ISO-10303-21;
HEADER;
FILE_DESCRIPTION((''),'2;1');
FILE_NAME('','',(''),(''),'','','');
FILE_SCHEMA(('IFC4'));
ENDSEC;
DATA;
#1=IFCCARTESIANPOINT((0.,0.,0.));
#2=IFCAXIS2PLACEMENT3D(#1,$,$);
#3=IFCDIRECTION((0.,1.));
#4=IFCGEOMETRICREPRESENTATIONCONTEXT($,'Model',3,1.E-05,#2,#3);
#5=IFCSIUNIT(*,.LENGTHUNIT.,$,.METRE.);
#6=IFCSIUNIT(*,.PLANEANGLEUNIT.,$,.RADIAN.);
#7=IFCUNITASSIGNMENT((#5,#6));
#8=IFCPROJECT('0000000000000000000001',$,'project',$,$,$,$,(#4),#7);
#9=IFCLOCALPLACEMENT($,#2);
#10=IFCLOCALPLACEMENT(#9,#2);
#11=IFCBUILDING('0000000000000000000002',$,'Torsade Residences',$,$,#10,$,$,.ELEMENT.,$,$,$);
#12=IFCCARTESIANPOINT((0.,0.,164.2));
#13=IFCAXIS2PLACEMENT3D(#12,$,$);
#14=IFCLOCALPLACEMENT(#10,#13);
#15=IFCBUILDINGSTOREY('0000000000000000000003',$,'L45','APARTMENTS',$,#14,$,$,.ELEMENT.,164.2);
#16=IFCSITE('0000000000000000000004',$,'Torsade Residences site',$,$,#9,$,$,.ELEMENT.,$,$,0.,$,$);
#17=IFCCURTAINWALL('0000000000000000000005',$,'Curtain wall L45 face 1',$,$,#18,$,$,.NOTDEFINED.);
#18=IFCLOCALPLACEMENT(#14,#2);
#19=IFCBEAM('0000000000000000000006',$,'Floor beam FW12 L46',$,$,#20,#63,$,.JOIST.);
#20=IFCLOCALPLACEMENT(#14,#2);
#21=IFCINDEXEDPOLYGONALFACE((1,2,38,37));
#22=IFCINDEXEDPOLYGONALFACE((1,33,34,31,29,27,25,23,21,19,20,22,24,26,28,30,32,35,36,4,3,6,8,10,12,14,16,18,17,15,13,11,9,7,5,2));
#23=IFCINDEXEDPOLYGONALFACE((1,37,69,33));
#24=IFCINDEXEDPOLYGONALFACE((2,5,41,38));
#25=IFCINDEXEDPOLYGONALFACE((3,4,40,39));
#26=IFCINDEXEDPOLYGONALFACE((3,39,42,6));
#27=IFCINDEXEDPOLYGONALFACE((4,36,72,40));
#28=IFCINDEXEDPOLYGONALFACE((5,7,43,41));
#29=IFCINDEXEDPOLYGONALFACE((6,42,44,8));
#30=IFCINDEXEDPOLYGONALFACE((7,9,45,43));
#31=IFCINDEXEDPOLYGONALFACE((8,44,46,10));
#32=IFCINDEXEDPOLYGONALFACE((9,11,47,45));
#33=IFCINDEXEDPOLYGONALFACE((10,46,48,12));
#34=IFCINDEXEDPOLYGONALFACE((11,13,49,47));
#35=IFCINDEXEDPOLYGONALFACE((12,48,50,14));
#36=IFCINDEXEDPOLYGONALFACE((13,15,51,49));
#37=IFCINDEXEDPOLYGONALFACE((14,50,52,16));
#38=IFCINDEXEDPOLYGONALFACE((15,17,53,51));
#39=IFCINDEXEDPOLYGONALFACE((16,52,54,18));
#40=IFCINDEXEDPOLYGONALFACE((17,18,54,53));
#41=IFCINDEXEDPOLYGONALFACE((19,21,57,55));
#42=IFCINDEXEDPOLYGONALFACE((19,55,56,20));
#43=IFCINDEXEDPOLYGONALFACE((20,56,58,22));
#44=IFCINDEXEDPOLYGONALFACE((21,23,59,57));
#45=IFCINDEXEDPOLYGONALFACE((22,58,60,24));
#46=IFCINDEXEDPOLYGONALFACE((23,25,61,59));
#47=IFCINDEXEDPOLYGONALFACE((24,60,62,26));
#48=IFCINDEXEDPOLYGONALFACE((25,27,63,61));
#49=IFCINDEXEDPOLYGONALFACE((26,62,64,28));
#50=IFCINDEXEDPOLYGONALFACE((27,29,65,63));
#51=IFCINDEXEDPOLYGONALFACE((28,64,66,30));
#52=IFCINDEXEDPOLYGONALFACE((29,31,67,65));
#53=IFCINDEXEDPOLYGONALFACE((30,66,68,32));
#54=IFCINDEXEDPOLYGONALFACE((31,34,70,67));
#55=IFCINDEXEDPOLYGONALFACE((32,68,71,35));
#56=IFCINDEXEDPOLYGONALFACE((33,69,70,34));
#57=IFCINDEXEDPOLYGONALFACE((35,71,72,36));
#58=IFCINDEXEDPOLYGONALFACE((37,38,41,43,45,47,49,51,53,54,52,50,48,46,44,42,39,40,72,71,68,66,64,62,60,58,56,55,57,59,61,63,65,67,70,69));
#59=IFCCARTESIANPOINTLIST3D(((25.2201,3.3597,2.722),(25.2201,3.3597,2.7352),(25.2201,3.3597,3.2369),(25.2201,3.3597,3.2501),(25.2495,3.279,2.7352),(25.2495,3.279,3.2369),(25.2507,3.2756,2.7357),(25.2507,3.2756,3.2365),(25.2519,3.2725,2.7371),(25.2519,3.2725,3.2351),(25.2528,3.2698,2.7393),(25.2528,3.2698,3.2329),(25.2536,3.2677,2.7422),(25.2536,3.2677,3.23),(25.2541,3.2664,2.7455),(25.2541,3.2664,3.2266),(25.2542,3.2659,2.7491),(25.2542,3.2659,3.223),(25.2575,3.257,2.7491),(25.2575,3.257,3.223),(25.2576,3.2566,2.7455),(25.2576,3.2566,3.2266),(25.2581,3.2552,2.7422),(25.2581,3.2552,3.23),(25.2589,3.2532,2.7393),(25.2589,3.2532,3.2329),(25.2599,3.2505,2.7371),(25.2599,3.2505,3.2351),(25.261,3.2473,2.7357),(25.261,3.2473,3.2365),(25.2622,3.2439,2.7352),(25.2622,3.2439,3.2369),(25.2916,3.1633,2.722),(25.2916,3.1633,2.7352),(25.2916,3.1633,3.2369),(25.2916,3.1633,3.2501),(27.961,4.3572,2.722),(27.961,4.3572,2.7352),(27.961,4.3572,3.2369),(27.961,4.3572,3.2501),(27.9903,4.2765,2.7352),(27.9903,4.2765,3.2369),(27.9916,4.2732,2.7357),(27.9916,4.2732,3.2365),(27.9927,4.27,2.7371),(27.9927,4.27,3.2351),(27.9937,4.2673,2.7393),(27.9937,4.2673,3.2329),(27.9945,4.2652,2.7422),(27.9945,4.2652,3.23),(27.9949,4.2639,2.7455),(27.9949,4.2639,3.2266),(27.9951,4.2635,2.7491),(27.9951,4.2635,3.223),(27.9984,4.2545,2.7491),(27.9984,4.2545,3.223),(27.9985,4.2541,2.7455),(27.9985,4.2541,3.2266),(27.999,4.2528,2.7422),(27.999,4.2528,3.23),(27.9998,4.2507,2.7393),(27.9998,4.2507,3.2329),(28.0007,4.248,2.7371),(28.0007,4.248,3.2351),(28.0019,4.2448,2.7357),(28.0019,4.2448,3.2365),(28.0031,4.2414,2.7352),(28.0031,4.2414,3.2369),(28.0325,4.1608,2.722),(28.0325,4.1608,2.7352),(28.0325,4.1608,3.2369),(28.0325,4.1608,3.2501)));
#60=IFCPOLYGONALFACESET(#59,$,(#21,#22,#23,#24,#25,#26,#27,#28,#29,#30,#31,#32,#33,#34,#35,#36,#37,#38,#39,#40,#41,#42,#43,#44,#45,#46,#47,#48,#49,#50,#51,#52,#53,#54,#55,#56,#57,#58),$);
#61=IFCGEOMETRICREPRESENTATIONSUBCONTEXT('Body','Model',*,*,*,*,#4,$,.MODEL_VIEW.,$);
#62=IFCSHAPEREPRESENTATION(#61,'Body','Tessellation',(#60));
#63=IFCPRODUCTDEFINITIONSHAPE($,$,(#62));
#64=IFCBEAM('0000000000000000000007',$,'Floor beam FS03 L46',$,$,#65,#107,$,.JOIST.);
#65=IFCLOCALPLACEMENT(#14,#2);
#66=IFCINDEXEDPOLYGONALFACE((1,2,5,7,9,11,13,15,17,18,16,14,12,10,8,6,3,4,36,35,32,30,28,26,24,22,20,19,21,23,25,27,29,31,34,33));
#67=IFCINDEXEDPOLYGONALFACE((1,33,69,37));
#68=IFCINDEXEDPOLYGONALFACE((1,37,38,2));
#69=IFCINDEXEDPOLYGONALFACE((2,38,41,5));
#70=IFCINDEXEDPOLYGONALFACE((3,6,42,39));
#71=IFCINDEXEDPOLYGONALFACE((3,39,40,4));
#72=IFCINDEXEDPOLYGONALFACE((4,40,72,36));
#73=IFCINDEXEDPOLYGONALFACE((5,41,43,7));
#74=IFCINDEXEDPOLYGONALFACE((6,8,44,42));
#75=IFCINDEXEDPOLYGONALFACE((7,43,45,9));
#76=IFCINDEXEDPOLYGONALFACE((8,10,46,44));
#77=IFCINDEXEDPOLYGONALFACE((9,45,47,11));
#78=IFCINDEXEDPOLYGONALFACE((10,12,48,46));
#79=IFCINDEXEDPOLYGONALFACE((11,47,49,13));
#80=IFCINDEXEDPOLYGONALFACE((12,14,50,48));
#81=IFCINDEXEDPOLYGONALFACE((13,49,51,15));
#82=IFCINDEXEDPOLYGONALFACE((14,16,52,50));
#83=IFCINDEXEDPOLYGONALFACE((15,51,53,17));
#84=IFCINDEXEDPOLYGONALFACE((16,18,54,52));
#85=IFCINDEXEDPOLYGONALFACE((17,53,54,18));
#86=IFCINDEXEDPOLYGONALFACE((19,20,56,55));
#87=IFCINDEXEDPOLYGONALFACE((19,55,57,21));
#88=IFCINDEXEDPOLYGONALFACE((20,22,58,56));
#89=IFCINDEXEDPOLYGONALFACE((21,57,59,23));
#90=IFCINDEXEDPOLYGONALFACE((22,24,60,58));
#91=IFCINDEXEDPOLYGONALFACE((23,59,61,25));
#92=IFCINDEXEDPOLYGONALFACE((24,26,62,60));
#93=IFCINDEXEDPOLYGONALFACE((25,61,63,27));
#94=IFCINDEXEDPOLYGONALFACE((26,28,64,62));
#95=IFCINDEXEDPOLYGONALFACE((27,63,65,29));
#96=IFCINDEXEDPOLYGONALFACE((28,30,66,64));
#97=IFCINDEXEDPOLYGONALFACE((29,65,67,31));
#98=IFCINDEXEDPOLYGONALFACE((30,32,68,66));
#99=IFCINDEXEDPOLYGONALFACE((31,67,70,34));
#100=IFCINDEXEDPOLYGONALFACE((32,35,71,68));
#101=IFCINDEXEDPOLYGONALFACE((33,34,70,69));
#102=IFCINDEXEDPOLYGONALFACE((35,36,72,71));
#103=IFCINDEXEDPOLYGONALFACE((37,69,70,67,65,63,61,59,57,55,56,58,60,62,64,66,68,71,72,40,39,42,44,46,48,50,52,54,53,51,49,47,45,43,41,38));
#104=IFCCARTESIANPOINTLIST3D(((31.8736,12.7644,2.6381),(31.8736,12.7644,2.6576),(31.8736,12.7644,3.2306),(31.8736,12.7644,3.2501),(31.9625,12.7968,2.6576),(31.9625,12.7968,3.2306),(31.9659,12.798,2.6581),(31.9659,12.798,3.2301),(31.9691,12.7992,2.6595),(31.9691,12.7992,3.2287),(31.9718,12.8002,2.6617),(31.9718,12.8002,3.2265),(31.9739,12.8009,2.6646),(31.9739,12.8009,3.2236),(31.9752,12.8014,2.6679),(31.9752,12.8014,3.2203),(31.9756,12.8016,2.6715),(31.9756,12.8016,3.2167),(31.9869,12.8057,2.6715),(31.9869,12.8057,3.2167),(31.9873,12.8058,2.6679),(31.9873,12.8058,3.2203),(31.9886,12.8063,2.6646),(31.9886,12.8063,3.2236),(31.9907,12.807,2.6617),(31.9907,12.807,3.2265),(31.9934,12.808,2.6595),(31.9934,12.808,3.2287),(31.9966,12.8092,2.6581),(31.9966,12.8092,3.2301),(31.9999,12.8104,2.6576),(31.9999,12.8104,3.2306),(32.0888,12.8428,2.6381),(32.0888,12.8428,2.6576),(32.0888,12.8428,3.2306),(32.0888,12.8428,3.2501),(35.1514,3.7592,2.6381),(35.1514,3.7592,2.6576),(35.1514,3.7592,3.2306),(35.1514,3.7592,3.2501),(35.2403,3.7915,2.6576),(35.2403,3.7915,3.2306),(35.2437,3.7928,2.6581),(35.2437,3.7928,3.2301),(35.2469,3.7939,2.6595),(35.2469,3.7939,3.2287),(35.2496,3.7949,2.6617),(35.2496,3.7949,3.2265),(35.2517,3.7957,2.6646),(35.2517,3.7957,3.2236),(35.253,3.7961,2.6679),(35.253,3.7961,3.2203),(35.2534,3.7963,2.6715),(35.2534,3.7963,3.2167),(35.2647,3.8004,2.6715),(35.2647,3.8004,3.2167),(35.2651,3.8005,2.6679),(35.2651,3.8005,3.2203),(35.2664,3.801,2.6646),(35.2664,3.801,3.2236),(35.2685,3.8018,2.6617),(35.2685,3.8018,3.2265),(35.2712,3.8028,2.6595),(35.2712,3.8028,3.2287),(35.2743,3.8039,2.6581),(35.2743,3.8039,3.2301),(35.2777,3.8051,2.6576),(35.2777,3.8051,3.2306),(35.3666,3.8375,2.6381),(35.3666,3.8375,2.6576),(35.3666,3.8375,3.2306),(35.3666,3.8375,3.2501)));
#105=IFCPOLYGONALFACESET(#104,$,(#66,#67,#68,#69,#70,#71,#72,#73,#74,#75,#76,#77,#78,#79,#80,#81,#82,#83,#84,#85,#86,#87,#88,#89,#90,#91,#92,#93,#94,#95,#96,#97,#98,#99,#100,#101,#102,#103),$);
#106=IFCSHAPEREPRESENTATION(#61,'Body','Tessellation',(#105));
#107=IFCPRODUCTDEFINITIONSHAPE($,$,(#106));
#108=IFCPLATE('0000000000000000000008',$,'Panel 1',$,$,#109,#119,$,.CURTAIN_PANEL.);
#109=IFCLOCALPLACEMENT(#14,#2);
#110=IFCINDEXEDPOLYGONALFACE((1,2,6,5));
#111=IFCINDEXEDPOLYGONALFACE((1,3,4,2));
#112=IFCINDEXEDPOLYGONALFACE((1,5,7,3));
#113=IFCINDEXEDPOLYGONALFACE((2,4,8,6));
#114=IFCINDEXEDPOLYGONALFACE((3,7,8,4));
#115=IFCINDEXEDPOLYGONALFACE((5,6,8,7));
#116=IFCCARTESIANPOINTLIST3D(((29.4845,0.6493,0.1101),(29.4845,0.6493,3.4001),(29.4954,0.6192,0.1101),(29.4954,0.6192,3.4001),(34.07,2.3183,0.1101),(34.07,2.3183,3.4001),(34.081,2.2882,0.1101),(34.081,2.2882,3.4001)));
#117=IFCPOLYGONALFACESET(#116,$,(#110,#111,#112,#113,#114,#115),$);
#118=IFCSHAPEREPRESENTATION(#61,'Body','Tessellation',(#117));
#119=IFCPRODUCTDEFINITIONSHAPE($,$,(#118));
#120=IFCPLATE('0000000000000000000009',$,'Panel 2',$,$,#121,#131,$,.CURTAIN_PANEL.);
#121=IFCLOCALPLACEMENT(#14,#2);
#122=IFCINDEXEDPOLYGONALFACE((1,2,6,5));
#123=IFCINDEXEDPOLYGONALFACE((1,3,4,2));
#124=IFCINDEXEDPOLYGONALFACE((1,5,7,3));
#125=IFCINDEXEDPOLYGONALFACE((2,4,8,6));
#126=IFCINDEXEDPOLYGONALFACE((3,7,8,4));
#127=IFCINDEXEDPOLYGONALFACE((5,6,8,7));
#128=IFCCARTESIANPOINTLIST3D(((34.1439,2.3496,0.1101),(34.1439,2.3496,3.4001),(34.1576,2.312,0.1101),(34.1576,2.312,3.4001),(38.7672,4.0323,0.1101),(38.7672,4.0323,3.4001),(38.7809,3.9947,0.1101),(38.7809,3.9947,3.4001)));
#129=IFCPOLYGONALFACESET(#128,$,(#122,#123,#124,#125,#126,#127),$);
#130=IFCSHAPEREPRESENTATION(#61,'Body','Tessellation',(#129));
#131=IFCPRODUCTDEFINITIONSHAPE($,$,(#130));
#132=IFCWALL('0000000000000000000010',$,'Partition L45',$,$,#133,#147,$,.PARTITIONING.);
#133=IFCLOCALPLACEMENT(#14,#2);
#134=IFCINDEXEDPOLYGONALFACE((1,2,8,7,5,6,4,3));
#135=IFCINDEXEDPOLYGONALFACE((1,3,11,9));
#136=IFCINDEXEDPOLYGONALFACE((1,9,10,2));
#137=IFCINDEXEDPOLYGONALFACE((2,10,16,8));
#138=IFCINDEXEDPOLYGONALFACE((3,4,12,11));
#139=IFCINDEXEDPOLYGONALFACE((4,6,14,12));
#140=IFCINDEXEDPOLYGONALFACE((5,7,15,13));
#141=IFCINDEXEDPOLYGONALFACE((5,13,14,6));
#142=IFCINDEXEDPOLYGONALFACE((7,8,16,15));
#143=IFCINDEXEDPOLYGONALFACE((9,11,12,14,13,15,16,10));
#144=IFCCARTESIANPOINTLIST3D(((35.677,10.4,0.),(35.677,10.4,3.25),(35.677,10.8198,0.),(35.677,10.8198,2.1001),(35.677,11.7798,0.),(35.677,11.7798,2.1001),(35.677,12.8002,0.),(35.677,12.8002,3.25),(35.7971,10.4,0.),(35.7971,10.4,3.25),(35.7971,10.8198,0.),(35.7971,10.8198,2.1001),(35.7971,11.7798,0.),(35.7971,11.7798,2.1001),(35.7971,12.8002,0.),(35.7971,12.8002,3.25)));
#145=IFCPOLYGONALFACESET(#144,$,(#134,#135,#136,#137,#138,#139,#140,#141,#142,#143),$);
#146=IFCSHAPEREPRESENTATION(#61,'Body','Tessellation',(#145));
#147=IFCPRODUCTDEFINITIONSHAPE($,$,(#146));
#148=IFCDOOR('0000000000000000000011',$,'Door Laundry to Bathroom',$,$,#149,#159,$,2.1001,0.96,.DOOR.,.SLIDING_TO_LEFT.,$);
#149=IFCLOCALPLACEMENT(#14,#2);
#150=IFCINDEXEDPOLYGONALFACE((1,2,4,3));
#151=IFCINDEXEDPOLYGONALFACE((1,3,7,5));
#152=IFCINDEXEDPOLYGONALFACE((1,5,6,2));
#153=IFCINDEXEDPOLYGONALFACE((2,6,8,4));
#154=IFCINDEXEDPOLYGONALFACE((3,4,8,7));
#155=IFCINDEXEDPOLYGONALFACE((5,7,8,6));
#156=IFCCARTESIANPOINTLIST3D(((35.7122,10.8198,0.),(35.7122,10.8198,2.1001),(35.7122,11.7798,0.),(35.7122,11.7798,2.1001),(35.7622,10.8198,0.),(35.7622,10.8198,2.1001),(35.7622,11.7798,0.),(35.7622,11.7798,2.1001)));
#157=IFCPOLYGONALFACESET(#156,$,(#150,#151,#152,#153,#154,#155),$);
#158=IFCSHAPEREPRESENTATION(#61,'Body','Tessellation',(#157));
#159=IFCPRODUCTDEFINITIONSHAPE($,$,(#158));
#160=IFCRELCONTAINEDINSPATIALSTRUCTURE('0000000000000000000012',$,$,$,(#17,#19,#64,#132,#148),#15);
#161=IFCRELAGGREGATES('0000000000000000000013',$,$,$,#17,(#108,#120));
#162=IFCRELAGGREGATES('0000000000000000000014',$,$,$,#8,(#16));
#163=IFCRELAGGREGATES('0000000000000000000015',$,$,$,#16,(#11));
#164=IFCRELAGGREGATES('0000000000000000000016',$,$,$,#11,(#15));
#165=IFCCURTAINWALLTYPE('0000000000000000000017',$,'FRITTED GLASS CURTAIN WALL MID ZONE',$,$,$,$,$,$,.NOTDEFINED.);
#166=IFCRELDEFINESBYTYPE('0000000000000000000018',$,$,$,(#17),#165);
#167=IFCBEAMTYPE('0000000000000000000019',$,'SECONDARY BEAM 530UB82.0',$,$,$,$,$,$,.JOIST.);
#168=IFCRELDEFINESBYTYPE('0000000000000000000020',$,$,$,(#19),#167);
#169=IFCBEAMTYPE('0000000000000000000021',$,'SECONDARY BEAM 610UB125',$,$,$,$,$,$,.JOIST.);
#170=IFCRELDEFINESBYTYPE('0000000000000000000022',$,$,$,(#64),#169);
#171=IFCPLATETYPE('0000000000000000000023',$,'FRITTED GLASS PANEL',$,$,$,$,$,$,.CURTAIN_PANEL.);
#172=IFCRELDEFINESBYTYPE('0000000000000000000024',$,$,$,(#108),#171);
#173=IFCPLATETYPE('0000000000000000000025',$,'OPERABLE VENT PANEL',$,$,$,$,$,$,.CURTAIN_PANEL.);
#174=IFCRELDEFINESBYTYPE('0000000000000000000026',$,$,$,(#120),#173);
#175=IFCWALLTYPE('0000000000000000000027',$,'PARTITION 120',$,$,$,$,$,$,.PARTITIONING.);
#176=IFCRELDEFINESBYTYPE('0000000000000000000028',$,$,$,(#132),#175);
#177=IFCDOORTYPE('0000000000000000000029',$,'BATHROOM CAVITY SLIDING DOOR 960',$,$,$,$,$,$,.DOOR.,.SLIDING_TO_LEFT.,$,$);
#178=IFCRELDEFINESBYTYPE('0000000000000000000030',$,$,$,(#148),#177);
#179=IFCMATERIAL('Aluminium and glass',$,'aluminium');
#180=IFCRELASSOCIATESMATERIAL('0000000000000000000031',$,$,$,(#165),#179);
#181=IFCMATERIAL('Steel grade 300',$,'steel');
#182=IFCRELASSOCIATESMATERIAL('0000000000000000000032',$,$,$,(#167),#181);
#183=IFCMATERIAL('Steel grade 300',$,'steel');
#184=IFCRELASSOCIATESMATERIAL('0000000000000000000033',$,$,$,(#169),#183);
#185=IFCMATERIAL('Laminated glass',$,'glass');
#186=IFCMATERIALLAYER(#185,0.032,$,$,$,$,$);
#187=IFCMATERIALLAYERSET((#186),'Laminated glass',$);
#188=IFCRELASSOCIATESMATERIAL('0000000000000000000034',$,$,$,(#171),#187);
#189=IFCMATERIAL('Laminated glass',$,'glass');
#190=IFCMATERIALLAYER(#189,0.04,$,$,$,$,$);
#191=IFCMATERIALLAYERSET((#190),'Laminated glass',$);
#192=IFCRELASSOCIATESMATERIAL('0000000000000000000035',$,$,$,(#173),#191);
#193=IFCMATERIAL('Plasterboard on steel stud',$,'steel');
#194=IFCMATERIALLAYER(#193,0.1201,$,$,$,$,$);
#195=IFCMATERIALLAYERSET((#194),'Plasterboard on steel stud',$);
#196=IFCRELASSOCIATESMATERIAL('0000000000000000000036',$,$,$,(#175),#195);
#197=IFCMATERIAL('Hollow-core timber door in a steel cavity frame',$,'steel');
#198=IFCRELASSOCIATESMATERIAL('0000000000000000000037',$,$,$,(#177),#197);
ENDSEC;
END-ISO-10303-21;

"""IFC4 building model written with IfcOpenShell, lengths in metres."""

from ifc_helpers import new_model, si_unit, direction, frame, frame_2d, origin, origin_2d, place, context, subcontext, project, spatial, rectangle, i_section, extrude, material, layer, layer_set, material_profile, profile_set, type_object, element, fill, aggregate, save


model = new_model("IFC4")

# Units and contexts
model_context = context("Model", 3, precision=1e-05, world=origin(), true_north=direction((0.0, 1.0)))
body_context = subcontext(model_context, "Body", "Model", "MODEL_VIEW")
ifc_project = project(units=[si_unit("LENGTHUNIT", "METRE"), si_unit("PLANEANGLEUNIT", "RADIAN")], contexts=[model_context])

# Site, building, storey
site_placement = place(None, origin())
site = spatial("IfcSite", under=ifc_project, at=site_placement, Name="Torsade Residences site", CompositionType="ELEMENT", RefElevation=0.0)
building_placement = place(site_placement, origin())
building = spatial("IfcBuilding", under=site, at=building_placement, Name="Torsade Residences", CompositionType="ELEMENT")
storey_placement = place(building_placement, frame((0.0, 0.0, 164.2)))
storey = spatial("IfcBuildingStorey", under=building, at=storey_placement, Name="L45", Description="APARTMENTS", CompositionType="ELEMENT", Elevation=164.2)

# Curtain wall
ifc_material_1 = material(Name="Aluminium and glass", Category="aluminium")
curtain_wall_type = type_object("IfcCurtainWallType", Name="FRITTED GLASS CURTAIN WALL MID ZONE", PredefinedType="NOTDEFINED", material=ifc_material_1)
curtain_wall_placement = place(storey_placement, origin())
curtain_wall = element("IfcCurtainWall", 1, at=curtain_wall_placement, inside=storey, type_object=curtain_wall_type, Name="Curtain wall L45 face 1", PredefinedType="NOTDEFINED")

# Beams
ifc_material_2 = material(Name="Steel grade 300", Category="steel")
ifc_material_profile_1 = material_profile(ifc_material_2, i_section(OverallWidth=0.209, OverallDepth=0.5281, WebThickness=0.0095, FlangeThickness=0.0132, FilletRadius=0.0139, at=origin_2d()), Name="530UB82.0")
ifc_profile_set_1 = profile_set([ifc_material_profile_1], Name="Steel grade 300")
beam_type_1 = type_object("IfcBeamType", Name="SECONDARY BEAM 530UB82.0", PredefinedType="JOIST", material=ifc_profile_set_1)
beam_1_placement = place(storey_placement, frame((25.2559, 3.2615, 2.9861), z_axis=(0.939701, 0.341998, 0.0), x_axis=(-0.341998, 0.939701, 0.0)))
element("IfcBeam", 2, at=beam_1_placement, inside=storey, type_object=beam_type_1, Name="Floor beam FW12 L46", PredefinedType="JOIST", context=body_context, shape_type="SweptSolid", body=[
    extrude(i_section(OverallWidth=0.209, OverallDepth=0.5281, WebThickness=0.0095, FlangeThickness=0.0132, FilletRadius=0.0139, at=origin_2d()), origin(), (0.0, 0.0, 1.0), 2.9167),
])
ifc_material_3 = material(Name="Steel grade 300", Category="steel")
ifc_material_profile_2 = material_profile(ifc_material_3, i_section(OverallWidth=0.229, OverallDepth=0.6121, WebThickness=0.012, FlangeThickness=0.0195, FilletRadius=0.0139, at=origin_2d()), Name="610UB125")
ifc_profile_set_2 = profile_set([ifc_material_profile_2], Name="Steel grade 300")
beam_type_2 = type_object("IfcBeamType", Name="SECONDARY BEAM 610UB125", PredefinedType="JOIST", material=ifc_profile_set_2)
beam_2_placement = place(storey_placement, frame((35.259, 3.7983, 2.9441), z_axis=(-0.342034, 0.939688, 0.0), x_axis=(-0.939688, -0.342034, 0.0)))
element("IfcBeam", 3, at=beam_2_placement, inside=storey, type_object=beam_type_2, Name="Floor beam FS03 L46", PredefinedType="JOIST", context=body_context, shape_type="SweptSolid", body=[
    extrude(i_section(OverallWidth=0.229, OverallDepth=0.6121, WebThickness=0.012, FlangeThickness=0.0195, FilletRadius=0.0139, at=origin_2d()), origin(), (0.0, 0.0, 1.0), 9.5833),
])

# Plates
ifc_material_4 = material(Name="Laminated glass", Category="glass")
ifc_layer_1 = layer(ifc_material_4, 0.032)
ifc_layer_set_1 = layer_set([ifc_layer_1], Name="Laminated glass")
plate_type_1 = type_object("IfcPlateType", Name="FRITTED GLASS PANEL", PredefinedType="CURTAIN_PANEL", material=ifc_layer_set_1)
plate_1_placement = place(storey_placement, frame((31.7827, 1.4688, 0.1101), z_axis=(0.0, 0.0, 1.0), x_axis=(0.939693, 0.34202, 0.0)))
plate_1 = element("IfcPlate", 4, at=plate_1_placement, type_object=plate_type_1, Name="Panel 1", PredefinedType="CURTAIN_PANEL", context=body_context, shape_type="SweptSolid", body=[
    extrude(rectangle(XDim=4.8799, YDim=0.032, at=origin_2d()), origin(), (0.0, 0.0, 1.0), 3.29),
])
ifc_material_5 = material(Name="Laminated glass", Category="glass")
ifc_layer_2 = layer(ifc_material_5, 0.04)
ifc_layer_set_2 = layer_set([ifc_layer_2], Name="Laminated glass")
plate_type_2 = type_object("IfcPlateType", Name="OPERABLE VENT PANEL", PredefinedType="CURTAIN_PANEL", material=ifc_layer_set_2)
plate_2_placement = place(storey_placement, frame((36.4624, 3.1721, 0.1101), z_axis=(0.0, 0.0, 1.0), x_axis=(0.939693, 0.34202, 0.0)))
plate_2 = element("IfcPlate", 5, at=plate_2_placement, type_object=plate_type_2, Name="Panel 2", PredefinedType="CURTAIN_PANEL", context=body_context, shape_type="SweptSolid", body=[
    extrude(rectangle(XDim=4.9199, YDim=0.04, at=origin_2d()), origin(), (0.0, 0.0, 1.0), 3.29),
])
aggregate(curtain_wall, [plate_1, plate_2])

# Wall, opening, door
ifc_material_6 = material(Name="Plasterboard on steel stud", Category="steel")
ifc_layer_3 = layer(ifc_material_6, 0.1201)
ifc_layer_set_3 = layer_set([ifc_layer_3], Name="Plasterboard on steel stud")
wall_type_1 = type_object("IfcWallType", Name="PARTITION 120", PredefinedType="PARTITIONING", material=ifc_layer_set_3)
wall_1_placement = place(storey_placement, frame((35.7371, 10.3999, 0.0), z_axis=(0.0, 0.0, 1.0), x_axis=(0.0, 1.0, 0.0)))
wall_1 = element("IfcWall", 6, at=wall_1_placement, inside=storey, type_object=wall_type_1, Name="Partition L45", PredefinedType="PARTITIONING", context=body_context, shape_type="SweptSolid", body=[
    extrude(rectangle(XDim=2.4001, YDim=0.1201, at=frame_2d((1.2002, 0.0))), origin(), (0.0, 0.0, 1.0), 3.25),
])
opening_1_placement = place(wall_1_placement, frame((0.4199, 0.0, 0.0)))
opening_1 = element("IfcOpeningElement", 7, at=opening_1_placement, cuts=wall_1, PredefinedType="OPENING", context=body_context, shape_type="SweptSolid", body=[
    extrude(rectangle(XDim=0.96, YDim=2.1001, at=frame_2d((0.48, 1.05))), frame((0.0, 0.0701, 0.0), z_axis=(0.0, -1.0, 0.0), x_axis=(1.0, 0.0, 0.0)), (0.0, 0.0, 1.0), 0.1401),
])
ifc_material_7 = material(Name="Hollow-core timber door in a steel cavity frame", Category="steel")
door_type_1 = type_object("IfcDoorType", Name="BATHROOM CAVITY SLIDING DOOR 960", OperationType="SLIDING_TO_LEFT", PredefinedType="DOOR", material=ifc_material_7)
door_1_placement = place(opening_1_placement, origin())
door_1 = element("IfcDoor", 8, at=door_1_placement, inside=storey, type_object=door_type_1, Name="Door Laundry to Bathroom", OperationType="SLIDING_TO_LEFT", OverallHeight=2.1001, OverallWidth=0.96, PredefinedType="DOOR", context=body_context, shape_type="SweptSolid", body=[
    extrude(rectangle(XDim=0.96, YDim=2.1001, at=frame_2d((0.48, 1.05))), frame((0.0, 0.0249, 0.0), z_axis=(0.0, -1.0, 0.0), x_axis=(1.0, 0.0, 0.0)), (0.0, 0.0, 1.0), 0.05),
])
fill(opening_1, door_1)

save(model, "model.ifc")
